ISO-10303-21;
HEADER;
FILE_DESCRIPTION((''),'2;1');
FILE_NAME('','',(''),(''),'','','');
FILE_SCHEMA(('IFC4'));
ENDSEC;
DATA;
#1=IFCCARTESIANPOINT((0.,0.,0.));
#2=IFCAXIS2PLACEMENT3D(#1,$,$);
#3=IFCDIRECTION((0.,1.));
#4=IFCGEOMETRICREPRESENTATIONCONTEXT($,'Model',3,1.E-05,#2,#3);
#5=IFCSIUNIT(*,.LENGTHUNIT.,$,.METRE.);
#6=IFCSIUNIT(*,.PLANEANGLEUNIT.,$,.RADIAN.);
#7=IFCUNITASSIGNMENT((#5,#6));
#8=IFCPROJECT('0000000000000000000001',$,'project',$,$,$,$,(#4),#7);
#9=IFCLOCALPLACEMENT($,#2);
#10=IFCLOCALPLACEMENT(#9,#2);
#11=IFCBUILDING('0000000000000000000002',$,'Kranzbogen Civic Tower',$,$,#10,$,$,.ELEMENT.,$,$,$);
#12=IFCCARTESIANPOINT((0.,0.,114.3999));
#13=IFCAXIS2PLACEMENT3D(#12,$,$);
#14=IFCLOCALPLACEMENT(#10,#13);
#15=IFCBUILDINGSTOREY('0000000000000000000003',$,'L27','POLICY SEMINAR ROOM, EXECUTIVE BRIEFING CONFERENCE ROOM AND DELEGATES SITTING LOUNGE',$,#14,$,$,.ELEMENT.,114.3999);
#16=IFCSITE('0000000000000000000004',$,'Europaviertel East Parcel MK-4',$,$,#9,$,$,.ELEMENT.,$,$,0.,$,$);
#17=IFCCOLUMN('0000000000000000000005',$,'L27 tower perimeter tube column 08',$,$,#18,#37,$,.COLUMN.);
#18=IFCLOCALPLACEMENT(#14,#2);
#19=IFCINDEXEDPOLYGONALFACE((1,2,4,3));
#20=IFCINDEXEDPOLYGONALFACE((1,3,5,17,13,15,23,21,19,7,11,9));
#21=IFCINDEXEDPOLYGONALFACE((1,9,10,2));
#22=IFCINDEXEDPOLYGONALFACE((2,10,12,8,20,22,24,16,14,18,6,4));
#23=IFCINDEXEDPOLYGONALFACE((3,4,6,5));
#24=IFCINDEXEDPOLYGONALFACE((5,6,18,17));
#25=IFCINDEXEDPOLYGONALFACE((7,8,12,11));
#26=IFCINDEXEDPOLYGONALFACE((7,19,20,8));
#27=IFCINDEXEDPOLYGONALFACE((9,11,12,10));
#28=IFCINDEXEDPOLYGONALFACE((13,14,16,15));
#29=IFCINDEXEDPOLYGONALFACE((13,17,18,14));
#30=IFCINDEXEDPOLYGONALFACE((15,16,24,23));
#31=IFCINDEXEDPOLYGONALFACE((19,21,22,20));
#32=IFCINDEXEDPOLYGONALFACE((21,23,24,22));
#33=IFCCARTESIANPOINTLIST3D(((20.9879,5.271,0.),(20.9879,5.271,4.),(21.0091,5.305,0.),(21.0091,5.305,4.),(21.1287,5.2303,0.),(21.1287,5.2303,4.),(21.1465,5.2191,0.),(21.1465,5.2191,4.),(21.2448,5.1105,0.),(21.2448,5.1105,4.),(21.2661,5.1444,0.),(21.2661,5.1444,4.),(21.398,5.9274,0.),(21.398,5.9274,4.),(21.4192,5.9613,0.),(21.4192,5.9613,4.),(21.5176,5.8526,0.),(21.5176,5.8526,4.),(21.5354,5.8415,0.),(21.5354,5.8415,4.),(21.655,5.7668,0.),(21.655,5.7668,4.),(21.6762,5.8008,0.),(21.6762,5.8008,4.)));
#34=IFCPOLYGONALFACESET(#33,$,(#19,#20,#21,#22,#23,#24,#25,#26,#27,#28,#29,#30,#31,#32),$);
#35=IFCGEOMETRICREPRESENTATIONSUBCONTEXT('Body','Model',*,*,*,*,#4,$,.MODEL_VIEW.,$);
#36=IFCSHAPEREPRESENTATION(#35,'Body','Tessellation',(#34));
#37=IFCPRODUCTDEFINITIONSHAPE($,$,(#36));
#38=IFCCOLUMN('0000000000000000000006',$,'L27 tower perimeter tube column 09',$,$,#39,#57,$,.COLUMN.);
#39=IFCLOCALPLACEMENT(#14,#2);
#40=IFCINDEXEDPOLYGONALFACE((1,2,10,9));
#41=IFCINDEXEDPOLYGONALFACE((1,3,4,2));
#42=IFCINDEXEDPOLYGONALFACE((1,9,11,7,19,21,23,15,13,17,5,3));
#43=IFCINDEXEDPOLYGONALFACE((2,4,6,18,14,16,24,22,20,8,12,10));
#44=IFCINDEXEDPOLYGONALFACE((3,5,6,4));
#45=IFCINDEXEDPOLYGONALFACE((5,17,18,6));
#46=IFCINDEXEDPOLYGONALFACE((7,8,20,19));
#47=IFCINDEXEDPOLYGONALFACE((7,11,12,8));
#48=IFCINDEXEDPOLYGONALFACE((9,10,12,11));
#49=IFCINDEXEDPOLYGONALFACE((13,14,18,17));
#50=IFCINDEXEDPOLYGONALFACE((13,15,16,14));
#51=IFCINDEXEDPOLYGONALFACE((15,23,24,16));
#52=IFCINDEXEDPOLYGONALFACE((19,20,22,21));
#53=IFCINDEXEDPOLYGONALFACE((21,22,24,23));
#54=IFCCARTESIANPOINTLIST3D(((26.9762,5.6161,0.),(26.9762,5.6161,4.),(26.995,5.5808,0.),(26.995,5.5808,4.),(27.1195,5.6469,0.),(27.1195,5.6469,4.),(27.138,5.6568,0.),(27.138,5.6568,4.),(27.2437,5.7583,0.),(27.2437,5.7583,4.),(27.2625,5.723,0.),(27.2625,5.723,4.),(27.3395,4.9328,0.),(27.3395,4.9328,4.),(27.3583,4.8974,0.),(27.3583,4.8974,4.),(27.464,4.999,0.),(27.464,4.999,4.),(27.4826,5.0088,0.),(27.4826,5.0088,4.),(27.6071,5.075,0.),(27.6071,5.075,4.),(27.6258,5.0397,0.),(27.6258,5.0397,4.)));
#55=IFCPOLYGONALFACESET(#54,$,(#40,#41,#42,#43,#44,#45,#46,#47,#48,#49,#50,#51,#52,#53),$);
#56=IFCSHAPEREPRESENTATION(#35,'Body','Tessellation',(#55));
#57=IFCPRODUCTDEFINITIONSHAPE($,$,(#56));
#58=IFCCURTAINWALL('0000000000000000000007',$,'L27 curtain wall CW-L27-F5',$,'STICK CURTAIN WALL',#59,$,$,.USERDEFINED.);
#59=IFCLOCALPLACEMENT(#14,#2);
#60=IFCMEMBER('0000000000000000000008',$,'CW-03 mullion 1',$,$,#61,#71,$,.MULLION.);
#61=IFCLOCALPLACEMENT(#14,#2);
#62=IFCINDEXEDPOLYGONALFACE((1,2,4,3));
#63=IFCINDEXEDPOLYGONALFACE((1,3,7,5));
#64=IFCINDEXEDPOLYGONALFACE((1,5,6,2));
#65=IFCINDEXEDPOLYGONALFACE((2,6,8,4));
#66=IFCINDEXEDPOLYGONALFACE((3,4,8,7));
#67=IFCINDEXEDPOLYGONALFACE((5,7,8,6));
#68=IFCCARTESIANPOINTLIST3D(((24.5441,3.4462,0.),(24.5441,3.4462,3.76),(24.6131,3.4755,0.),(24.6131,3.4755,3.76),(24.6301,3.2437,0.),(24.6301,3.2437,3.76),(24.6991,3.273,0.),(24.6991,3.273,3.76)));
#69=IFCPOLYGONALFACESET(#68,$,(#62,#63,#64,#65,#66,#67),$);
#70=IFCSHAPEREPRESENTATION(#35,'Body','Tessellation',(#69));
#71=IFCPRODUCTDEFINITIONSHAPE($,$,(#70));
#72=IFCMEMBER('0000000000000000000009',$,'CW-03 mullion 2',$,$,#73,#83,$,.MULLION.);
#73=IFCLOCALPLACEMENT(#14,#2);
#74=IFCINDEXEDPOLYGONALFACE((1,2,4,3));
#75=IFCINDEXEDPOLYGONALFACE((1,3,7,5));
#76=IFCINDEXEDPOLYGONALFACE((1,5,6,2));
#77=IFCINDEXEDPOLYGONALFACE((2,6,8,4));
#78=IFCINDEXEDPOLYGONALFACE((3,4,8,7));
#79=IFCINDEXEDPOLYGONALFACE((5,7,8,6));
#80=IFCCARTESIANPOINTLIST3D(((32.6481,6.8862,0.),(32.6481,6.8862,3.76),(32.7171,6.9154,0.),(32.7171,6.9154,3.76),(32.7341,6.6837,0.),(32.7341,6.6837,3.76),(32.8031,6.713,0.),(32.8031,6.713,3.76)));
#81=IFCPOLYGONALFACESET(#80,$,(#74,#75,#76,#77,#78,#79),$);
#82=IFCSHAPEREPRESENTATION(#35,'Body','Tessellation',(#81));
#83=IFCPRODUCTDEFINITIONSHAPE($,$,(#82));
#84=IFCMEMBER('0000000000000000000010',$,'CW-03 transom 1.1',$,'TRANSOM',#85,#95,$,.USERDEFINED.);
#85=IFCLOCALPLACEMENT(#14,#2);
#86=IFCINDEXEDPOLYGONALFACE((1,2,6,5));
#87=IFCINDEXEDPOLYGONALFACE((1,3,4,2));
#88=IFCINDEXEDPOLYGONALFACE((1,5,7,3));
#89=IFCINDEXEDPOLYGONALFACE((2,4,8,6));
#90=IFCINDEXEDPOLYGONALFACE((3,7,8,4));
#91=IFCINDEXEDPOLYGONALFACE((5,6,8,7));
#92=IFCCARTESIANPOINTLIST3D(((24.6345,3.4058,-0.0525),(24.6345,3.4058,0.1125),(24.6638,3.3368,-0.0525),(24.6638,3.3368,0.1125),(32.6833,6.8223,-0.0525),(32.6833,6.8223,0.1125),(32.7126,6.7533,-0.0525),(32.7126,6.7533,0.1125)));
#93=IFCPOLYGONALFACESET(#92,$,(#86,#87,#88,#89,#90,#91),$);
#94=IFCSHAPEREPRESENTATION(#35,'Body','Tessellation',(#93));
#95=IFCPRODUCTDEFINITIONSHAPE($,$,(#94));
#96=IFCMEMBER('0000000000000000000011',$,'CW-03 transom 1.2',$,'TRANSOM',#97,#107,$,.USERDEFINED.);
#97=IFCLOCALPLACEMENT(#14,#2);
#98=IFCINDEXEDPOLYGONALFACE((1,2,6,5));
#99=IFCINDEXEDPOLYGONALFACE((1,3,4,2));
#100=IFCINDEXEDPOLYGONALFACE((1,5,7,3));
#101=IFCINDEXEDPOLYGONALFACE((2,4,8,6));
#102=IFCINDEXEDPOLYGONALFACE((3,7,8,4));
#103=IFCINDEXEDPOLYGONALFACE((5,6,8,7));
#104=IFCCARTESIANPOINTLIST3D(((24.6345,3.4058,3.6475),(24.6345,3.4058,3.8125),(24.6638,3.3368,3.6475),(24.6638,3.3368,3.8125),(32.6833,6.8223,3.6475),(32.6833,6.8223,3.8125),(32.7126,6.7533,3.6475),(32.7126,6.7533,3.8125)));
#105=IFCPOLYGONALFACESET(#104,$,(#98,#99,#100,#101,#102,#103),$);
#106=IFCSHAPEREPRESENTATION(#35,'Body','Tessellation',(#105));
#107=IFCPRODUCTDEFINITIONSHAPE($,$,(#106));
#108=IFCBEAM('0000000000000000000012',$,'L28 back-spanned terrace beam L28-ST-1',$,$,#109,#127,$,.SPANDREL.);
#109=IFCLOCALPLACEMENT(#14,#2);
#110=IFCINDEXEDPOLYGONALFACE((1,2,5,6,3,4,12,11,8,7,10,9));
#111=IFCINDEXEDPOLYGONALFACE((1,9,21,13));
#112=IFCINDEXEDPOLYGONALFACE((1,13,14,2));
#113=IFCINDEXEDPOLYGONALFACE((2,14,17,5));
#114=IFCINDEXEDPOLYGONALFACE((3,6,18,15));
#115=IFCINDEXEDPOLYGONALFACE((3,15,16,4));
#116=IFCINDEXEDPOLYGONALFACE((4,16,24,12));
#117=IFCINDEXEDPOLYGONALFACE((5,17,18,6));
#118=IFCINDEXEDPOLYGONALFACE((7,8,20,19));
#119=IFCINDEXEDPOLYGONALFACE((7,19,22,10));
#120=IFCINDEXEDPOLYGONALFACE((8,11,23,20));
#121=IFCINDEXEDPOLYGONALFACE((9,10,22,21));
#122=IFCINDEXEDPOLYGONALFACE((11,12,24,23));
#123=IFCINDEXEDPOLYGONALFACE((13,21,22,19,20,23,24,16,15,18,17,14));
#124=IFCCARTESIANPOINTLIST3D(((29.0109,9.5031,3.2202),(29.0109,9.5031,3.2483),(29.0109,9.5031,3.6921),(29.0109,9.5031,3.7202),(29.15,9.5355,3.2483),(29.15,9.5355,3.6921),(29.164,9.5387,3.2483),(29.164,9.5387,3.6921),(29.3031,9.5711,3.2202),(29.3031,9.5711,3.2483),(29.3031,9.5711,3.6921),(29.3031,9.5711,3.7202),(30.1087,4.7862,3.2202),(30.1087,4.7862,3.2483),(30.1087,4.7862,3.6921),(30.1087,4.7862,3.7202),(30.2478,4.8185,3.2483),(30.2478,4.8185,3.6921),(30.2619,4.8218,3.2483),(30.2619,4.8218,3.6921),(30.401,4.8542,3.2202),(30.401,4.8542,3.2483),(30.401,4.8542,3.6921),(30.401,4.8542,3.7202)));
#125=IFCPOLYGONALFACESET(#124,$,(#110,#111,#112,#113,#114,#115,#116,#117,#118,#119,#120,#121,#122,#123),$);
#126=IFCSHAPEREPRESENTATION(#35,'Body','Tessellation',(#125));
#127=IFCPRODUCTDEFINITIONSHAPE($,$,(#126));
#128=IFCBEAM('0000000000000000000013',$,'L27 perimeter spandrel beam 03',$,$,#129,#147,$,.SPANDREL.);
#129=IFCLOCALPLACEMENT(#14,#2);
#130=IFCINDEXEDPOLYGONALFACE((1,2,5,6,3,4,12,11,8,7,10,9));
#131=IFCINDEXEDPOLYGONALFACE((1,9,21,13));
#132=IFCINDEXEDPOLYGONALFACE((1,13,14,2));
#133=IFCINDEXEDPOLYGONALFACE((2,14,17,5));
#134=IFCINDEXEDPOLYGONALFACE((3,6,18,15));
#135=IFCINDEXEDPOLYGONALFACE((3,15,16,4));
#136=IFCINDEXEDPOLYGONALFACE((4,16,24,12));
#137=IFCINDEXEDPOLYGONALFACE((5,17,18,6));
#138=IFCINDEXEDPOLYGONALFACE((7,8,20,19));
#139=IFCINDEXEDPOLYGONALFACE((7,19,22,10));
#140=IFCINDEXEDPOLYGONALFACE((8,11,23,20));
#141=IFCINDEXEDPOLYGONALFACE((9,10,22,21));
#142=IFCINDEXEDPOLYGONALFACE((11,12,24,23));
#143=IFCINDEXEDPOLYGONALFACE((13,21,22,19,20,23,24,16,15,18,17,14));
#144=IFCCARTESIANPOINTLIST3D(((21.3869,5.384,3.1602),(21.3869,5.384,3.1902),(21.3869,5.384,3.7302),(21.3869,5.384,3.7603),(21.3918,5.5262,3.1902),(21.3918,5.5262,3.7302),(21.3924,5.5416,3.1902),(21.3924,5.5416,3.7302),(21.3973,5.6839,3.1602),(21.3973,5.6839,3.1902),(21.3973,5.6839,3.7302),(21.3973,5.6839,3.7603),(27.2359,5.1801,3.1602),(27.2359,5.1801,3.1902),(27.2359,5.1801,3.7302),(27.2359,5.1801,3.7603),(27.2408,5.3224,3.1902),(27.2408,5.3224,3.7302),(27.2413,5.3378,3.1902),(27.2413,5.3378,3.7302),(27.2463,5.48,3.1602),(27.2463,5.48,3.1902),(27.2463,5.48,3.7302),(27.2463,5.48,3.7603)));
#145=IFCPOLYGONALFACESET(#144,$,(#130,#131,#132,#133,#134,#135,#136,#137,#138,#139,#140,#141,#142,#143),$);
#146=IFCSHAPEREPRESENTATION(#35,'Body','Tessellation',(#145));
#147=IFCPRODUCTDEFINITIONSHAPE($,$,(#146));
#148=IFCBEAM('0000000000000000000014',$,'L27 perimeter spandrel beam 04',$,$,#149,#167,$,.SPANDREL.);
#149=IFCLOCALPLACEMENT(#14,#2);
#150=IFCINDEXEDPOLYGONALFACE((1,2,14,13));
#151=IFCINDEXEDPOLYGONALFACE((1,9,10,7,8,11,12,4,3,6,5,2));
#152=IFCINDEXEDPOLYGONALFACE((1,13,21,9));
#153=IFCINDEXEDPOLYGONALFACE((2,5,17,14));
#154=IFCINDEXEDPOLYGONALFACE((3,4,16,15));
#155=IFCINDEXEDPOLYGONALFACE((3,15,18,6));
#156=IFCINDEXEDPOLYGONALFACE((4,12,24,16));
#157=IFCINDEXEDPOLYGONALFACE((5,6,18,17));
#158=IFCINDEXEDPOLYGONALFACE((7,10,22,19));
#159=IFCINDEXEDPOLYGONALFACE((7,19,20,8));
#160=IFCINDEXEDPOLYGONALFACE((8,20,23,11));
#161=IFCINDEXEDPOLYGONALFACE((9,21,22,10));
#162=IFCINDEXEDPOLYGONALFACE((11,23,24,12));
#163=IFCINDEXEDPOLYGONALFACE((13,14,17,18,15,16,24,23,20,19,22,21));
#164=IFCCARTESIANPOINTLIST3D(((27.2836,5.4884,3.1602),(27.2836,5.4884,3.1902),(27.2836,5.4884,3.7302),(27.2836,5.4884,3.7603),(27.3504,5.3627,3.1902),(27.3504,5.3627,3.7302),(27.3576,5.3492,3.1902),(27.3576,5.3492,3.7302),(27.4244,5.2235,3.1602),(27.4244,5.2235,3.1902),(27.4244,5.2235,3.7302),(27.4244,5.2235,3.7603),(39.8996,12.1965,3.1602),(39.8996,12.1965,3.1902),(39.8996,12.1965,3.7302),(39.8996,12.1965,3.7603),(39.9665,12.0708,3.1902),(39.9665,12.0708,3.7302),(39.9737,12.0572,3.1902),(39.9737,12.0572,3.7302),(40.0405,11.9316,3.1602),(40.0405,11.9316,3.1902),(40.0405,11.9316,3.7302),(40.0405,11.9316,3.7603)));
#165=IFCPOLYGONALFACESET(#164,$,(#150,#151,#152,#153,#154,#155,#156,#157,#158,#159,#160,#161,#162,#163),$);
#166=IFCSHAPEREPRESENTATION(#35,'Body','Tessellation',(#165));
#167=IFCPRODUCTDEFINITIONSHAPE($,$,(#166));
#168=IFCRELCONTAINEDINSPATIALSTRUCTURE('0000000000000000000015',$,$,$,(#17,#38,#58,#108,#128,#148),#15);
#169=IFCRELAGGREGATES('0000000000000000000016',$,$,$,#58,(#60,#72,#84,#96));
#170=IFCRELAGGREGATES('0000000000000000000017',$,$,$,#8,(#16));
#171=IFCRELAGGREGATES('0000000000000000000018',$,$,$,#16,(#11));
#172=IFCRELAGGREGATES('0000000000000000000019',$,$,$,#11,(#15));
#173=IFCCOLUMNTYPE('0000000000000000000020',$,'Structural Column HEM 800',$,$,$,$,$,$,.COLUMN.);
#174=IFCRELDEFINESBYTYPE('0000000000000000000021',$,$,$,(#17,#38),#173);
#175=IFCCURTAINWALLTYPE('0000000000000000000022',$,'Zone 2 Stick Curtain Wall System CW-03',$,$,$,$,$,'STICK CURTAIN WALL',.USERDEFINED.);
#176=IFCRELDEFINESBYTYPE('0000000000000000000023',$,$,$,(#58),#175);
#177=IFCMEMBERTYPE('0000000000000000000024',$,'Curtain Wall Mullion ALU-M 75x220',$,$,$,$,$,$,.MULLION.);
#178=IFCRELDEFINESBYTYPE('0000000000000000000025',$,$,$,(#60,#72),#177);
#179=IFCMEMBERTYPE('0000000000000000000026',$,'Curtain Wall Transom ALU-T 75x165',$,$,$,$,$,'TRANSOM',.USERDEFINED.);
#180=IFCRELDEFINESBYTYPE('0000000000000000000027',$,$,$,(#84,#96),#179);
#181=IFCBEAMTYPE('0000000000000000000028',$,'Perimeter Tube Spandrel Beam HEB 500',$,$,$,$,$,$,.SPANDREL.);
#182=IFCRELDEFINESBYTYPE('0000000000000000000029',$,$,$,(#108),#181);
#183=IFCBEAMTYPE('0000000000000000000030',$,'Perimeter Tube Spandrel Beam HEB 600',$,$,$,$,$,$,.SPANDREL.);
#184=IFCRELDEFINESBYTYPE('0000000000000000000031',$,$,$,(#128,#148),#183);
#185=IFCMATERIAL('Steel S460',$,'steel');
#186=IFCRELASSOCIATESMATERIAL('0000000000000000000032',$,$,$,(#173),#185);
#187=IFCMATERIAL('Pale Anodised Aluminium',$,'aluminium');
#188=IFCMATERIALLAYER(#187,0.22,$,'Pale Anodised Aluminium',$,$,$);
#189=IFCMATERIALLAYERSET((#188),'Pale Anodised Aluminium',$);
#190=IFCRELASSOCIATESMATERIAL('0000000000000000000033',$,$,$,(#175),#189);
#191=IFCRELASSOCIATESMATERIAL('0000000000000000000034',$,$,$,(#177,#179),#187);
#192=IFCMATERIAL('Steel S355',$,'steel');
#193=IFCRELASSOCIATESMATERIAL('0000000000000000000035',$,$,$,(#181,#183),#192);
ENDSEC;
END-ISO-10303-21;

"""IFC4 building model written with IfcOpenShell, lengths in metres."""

from ifc_helpers import new_model, si_unit, direction, frame, origin, origin_2d, place, context, subcontext, project, spatial, rectangle, i_section, extrude, material, layer, layer_set, material_profile, profile_set, type_object, element, aggregate, save


model = new_model("IFC4")

# Units and contexts
model_context = context("Model", 3, precision=1e-05, world=origin(), true_north=direction((0.0, 1.0)))
body_context = subcontext(model_context, "Body", "Model", "MODEL_VIEW")
ifc_project = project(units=[si_unit("LENGTHUNIT", "METRE"), si_unit("PLANEANGLEUNIT", "RADIAN")], contexts=[model_context])

# Site, building, storey
site_placement = place(None, origin())
site = spatial("IfcSite", under=ifc_project, at=site_placement, Name="Europaviertel East Parcel MK-4", CompositionType="ELEMENT", RefElevation=0.0)
building_placement = place(site_placement, origin())
building = spatial("IfcBuilding", under=site, at=building_placement, Name="Kranzbogen Civic Tower", CompositionType="ELEMENT")
storey_placement = place(building_placement, frame((0.0, 0.0, 114.3999)))
storey = spatial("IfcBuildingStorey", under=building, at=storey_placement, Name="L27", Description="POLICY SEMINAR ROOM, EXECUTIVE BRIEFING CONFERENCE ROOM AND DELEGATES SITTING LOUNGE", CompositionType="ELEMENT", Elevation=114.3999)

# Columns
ifc_material_1 = material(Name="Steel S460", Category="steel")
ifc_material_profile_1 = material_profile(ifc_material_1, i_section(OverallWidth=0.303, OverallDepth=0.814, WebThickness=0.021, FlangeThickness=0.04, at=origin_2d()), Name="HEM 800")
ifc_profile_set_1 = profile_set([ifc_material_profile_1], Name="Steel S460")
column_type = type_object("IfcColumnType", Name="Structural Column HEM 800", PredefinedType="COLUMN", material=ifc_profile_set_1)
for number, where, z_axis, x_axis, name in (
    (1, (21.332, 5.5359, 0.0), (0.0, 0.0, 1.0), (-0.848048, 0.529919, 0.0), "L27 tower perimeter tube column 08"),
    (2, (27.301, 5.3279, 0.0), (0.0, 0.0, 1.0), (0.882948, 0.469472, 0.0), "L27 tower perimeter tube column 09"),
):
    element("IfcColumn", number, at=place(storey_placement, frame(where, z_axis=z_axis, x_axis=x_axis)), inside=storey, type_object=column_type, Name=name, PredefinedType="COLUMN", context=body_context, shape_type="SweptSolid", body=[
        extrude(i_section(OverallWidth=0.303, OverallDepth=0.814, WebThickness=0.021, FlangeThickness=0.04, at=origin_2d()), origin(), (0.0, 0.0, 1.0), 4.0),
    ])

# Curtain wall, members
ifc_material_2 = material(Name="Pale Anodised Aluminium", Category="aluminium")
ifc_layer_1 = layer(ifc_material_2, 0.22, Name="Pale Anodised Aluminium")
ifc_layer_set_1 = layer_set([ifc_layer_1], Name="Pale Anodised Aluminium")
curtain_wall_type = type_object("IfcCurtainWallType", Name="Zone 2 Stick Curtain Wall System CW-03", ElementType="STICK CURTAIN WALL", PredefinedType="USERDEFINED", material=ifc_layer_set_1)
curtain_wall_placement = place(storey_placement, origin())
curtain_wall = element("IfcCurtainWall", 3, at=curtain_wall_placement, inside=storey, type_object=curtain_wall_type, Name="L27 curtain wall CW-L27-F5", ObjectType="STICK CURTAIN WALL", PredefinedType="USERDEFINED")
ifc_material_profile_2 = material_profile(ifc_material_2, rectangle(XDim=0.075, YDim=0.22, at=origin_2d()), Name="ALU-M 75x220")
ifc_profile_set_2 = profile_set([ifc_material_profile_2], Name="Pale Anodised Aluminium")
member_type_1 = type_object("IfcMemberType", Name="Curtain Wall Mullion ALU-M 75x220", PredefinedType="MULLION", material=ifc_profile_set_2)
member_1_placement = place(storey_placement, frame((24.6216, 3.3596, 0.0), z_axis=(0.0, 0.0, 1.0), x_axis=(0.92051, 0.39072, 0.0)))
member_1 = element("IfcMember", 4, at=member_1_placement, type_object=member_type_1, Name="CW-03 mullion 1", PredefinedType="MULLION", context=body_context, shape_type="SweptSolid", body=[
    extrude(rectangle(XDim=0.075, YDim=0.22, at=origin_2d()), origin(), (0.0, 0.0, 1.0), 3.76),
])
member_2_placement = place(storey_placement, frame((32.7256, 6.7996, 0.0), z_axis=(0.0, 0.0, 1.0), x_axis=(0.92051, 0.39072, 0.0)))
member_2 = element("IfcMember", 5, at=member_2_placement, type_object=member_type_1, Name="CW-03 mullion 2", PredefinedType="MULLION", context=body_context, shape_type="SweptSolid", body=[
    extrude(rectangle(XDim=0.075, YDim=0.22, at=origin_2d()), origin(), (0.0, 0.0, 1.0), 3.76),
])
ifc_material_profile_3 = material_profile(ifc_material_2, rectangle(XDim=0.075, YDim=0.165, at=origin_2d()), Name="ALU-T 75x165")
ifc_profile_set_3 = profile_set([ifc_material_profile_3], Name="Pale Anodised Aluminium")
member_type_2 = type_object("IfcMemberType", Name="Curtain Wall Transom ALU-T 75x165", ElementType="TRANSOM", PredefinedType="USERDEFINED", material=ifc_profile_set_3)
member_3_placement = place(storey_placement, frame((24.6492, 3.3713, 0.03), z_axis=(0.920506, 0.390729, 0.0), x_axis=(-0.390729, 0.920506, 0.0)))
member_3 = element("IfcMember", 6, at=member_3_placement, type_object=member_type_2, Name="CW-03 transom 1.1", ObjectType="TRANSOM", PredefinedType="USERDEFINED", context=body_context, shape_type="SweptSolid", body=[
    extrude(rectangle(XDim=0.075, YDim=0.165, at=origin_2d()), origin(), (0.0, 0.0, 1.0), 8.7439),
])
member_4_placement = place(storey_placement, frame((24.6492, 3.3713, 3.73), z_axis=(0.920506, 0.390729, 0.0), x_axis=(-0.390729, 0.920506, 0.0)))
member_4 = element("IfcMember", 7, at=member_4_placement, type_object=member_type_2, Name="CW-03 transom 1.2", ObjectType="TRANSOM", PredefinedType="USERDEFINED", context=body_context, shape_type="SweptSolid", body=[
    extrude(rectangle(XDim=0.075, YDim=0.165, at=origin_2d()), origin(), (0.0, 0.0, 1.0), 8.7439),
])

# Beams
ifc_material_3 = material(Name="Steel S355", Category="steel")
ifc_material_profile_4 = material_profile(ifc_material_3, i_section(OverallWidth=0.3, OverallDepth=0.5, WebThickness=0.0144, FlangeThickness=0.0281, at=origin_2d()), Name="HEB 500")
ifc_profile_set_4 = profile_set([ifc_material_profile_4], Name="Steel S355")
beam_type_1 = type_object("IfcBeamType", Name="Perimeter Tube Spandrel Beam HEB 500", PredefinedType="SPANDREL", material=ifc_profile_set_4)
beam_1_placement = place(storey_placement, frame((29.157, 9.5371, 3.4702), z_axis=(0.226693, -0.973966, 0.0), x_axis=(0.973966, 0.226693, 0.0)))
element("IfcBeam", 8, at=beam_1_placement, inside=storey, type_object=beam_type_1, Name="L28 back-spanned terrace beam L28-ST-1", PredefinedType="SPANDREL", context=body_context, shape_type="SweptSolid", body=[
    extrude(i_section(OverallWidth=0.3, OverallDepth=0.5, WebThickness=0.0144, FlangeThickness=0.0281, at=origin_2d()), origin(), (0.0, 0.0, 1.0), 4.843),
])
ifc_material_profile_5 = material_profile(ifc_material_3, i_section(OverallWidth=0.3, OverallDepth=0.6001, WebThickness=0.0154, FlangeThickness=0.03, at=origin_2d()), Name="HEB 600")
ifc_profile_set_5 = profile_set([ifc_material_profile_5], Name="Steel S355")
beam_type_2 = type_object("IfcBeamType", Name="Perimeter Tube Spandrel Beam HEB 600", PredefinedType="SPANDREL", material=ifc_profile_set_5)
beam_2_placement = place(storey_placement, frame((21.3921, 5.5339, 3.4602), z_axis=(0.999393, -0.034833, 0.0), x_axis=(0.034833, 0.999393, 0.0)))
element("IfcBeam", 9, at=beam_2_placement, inside=storey, type_object=beam_type_2, Name="L27 perimeter spandrel beam 03", PredefinedType="SPANDREL", context=body_context, shape_type="SweptSolid", body=[
    extrude(i_section(OverallWidth=0.3, OverallDepth=0.6001, WebThickness=0.0154, FlangeThickness=0.03, at=origin_2d()), origin(), (0.0, 0.0, 1.0), 5.8525),
])
beam_3_placement = place(storey_placement, frame((27.354, 5.356, 3.4602), z_axis=(0.882948, 0.46947, 0.0), x_axis=(-0.46947, 0.882948, 0.0)))
element("IfcBeam", 10, at=beam_3_placement, inside=storey, type_object=beam_type_2, Name="L27 perimeter spandrel beam 04", PredefinedType="SPANDREL", context=body_context, shape_type="SweptSolid", body=[
    extrude(i_section(OverallWidth=0.3, OverallDepth=0.6001, WebThickness=0.0154, FlangeThickness=0.03, at=origin_2d()), origin(), (0.0, 0.0, 1.0), 14.2886),
])

aggregate(curtain_wall, [member_1, member_2, member_3, member_4])

save(model, "model.ifc")
